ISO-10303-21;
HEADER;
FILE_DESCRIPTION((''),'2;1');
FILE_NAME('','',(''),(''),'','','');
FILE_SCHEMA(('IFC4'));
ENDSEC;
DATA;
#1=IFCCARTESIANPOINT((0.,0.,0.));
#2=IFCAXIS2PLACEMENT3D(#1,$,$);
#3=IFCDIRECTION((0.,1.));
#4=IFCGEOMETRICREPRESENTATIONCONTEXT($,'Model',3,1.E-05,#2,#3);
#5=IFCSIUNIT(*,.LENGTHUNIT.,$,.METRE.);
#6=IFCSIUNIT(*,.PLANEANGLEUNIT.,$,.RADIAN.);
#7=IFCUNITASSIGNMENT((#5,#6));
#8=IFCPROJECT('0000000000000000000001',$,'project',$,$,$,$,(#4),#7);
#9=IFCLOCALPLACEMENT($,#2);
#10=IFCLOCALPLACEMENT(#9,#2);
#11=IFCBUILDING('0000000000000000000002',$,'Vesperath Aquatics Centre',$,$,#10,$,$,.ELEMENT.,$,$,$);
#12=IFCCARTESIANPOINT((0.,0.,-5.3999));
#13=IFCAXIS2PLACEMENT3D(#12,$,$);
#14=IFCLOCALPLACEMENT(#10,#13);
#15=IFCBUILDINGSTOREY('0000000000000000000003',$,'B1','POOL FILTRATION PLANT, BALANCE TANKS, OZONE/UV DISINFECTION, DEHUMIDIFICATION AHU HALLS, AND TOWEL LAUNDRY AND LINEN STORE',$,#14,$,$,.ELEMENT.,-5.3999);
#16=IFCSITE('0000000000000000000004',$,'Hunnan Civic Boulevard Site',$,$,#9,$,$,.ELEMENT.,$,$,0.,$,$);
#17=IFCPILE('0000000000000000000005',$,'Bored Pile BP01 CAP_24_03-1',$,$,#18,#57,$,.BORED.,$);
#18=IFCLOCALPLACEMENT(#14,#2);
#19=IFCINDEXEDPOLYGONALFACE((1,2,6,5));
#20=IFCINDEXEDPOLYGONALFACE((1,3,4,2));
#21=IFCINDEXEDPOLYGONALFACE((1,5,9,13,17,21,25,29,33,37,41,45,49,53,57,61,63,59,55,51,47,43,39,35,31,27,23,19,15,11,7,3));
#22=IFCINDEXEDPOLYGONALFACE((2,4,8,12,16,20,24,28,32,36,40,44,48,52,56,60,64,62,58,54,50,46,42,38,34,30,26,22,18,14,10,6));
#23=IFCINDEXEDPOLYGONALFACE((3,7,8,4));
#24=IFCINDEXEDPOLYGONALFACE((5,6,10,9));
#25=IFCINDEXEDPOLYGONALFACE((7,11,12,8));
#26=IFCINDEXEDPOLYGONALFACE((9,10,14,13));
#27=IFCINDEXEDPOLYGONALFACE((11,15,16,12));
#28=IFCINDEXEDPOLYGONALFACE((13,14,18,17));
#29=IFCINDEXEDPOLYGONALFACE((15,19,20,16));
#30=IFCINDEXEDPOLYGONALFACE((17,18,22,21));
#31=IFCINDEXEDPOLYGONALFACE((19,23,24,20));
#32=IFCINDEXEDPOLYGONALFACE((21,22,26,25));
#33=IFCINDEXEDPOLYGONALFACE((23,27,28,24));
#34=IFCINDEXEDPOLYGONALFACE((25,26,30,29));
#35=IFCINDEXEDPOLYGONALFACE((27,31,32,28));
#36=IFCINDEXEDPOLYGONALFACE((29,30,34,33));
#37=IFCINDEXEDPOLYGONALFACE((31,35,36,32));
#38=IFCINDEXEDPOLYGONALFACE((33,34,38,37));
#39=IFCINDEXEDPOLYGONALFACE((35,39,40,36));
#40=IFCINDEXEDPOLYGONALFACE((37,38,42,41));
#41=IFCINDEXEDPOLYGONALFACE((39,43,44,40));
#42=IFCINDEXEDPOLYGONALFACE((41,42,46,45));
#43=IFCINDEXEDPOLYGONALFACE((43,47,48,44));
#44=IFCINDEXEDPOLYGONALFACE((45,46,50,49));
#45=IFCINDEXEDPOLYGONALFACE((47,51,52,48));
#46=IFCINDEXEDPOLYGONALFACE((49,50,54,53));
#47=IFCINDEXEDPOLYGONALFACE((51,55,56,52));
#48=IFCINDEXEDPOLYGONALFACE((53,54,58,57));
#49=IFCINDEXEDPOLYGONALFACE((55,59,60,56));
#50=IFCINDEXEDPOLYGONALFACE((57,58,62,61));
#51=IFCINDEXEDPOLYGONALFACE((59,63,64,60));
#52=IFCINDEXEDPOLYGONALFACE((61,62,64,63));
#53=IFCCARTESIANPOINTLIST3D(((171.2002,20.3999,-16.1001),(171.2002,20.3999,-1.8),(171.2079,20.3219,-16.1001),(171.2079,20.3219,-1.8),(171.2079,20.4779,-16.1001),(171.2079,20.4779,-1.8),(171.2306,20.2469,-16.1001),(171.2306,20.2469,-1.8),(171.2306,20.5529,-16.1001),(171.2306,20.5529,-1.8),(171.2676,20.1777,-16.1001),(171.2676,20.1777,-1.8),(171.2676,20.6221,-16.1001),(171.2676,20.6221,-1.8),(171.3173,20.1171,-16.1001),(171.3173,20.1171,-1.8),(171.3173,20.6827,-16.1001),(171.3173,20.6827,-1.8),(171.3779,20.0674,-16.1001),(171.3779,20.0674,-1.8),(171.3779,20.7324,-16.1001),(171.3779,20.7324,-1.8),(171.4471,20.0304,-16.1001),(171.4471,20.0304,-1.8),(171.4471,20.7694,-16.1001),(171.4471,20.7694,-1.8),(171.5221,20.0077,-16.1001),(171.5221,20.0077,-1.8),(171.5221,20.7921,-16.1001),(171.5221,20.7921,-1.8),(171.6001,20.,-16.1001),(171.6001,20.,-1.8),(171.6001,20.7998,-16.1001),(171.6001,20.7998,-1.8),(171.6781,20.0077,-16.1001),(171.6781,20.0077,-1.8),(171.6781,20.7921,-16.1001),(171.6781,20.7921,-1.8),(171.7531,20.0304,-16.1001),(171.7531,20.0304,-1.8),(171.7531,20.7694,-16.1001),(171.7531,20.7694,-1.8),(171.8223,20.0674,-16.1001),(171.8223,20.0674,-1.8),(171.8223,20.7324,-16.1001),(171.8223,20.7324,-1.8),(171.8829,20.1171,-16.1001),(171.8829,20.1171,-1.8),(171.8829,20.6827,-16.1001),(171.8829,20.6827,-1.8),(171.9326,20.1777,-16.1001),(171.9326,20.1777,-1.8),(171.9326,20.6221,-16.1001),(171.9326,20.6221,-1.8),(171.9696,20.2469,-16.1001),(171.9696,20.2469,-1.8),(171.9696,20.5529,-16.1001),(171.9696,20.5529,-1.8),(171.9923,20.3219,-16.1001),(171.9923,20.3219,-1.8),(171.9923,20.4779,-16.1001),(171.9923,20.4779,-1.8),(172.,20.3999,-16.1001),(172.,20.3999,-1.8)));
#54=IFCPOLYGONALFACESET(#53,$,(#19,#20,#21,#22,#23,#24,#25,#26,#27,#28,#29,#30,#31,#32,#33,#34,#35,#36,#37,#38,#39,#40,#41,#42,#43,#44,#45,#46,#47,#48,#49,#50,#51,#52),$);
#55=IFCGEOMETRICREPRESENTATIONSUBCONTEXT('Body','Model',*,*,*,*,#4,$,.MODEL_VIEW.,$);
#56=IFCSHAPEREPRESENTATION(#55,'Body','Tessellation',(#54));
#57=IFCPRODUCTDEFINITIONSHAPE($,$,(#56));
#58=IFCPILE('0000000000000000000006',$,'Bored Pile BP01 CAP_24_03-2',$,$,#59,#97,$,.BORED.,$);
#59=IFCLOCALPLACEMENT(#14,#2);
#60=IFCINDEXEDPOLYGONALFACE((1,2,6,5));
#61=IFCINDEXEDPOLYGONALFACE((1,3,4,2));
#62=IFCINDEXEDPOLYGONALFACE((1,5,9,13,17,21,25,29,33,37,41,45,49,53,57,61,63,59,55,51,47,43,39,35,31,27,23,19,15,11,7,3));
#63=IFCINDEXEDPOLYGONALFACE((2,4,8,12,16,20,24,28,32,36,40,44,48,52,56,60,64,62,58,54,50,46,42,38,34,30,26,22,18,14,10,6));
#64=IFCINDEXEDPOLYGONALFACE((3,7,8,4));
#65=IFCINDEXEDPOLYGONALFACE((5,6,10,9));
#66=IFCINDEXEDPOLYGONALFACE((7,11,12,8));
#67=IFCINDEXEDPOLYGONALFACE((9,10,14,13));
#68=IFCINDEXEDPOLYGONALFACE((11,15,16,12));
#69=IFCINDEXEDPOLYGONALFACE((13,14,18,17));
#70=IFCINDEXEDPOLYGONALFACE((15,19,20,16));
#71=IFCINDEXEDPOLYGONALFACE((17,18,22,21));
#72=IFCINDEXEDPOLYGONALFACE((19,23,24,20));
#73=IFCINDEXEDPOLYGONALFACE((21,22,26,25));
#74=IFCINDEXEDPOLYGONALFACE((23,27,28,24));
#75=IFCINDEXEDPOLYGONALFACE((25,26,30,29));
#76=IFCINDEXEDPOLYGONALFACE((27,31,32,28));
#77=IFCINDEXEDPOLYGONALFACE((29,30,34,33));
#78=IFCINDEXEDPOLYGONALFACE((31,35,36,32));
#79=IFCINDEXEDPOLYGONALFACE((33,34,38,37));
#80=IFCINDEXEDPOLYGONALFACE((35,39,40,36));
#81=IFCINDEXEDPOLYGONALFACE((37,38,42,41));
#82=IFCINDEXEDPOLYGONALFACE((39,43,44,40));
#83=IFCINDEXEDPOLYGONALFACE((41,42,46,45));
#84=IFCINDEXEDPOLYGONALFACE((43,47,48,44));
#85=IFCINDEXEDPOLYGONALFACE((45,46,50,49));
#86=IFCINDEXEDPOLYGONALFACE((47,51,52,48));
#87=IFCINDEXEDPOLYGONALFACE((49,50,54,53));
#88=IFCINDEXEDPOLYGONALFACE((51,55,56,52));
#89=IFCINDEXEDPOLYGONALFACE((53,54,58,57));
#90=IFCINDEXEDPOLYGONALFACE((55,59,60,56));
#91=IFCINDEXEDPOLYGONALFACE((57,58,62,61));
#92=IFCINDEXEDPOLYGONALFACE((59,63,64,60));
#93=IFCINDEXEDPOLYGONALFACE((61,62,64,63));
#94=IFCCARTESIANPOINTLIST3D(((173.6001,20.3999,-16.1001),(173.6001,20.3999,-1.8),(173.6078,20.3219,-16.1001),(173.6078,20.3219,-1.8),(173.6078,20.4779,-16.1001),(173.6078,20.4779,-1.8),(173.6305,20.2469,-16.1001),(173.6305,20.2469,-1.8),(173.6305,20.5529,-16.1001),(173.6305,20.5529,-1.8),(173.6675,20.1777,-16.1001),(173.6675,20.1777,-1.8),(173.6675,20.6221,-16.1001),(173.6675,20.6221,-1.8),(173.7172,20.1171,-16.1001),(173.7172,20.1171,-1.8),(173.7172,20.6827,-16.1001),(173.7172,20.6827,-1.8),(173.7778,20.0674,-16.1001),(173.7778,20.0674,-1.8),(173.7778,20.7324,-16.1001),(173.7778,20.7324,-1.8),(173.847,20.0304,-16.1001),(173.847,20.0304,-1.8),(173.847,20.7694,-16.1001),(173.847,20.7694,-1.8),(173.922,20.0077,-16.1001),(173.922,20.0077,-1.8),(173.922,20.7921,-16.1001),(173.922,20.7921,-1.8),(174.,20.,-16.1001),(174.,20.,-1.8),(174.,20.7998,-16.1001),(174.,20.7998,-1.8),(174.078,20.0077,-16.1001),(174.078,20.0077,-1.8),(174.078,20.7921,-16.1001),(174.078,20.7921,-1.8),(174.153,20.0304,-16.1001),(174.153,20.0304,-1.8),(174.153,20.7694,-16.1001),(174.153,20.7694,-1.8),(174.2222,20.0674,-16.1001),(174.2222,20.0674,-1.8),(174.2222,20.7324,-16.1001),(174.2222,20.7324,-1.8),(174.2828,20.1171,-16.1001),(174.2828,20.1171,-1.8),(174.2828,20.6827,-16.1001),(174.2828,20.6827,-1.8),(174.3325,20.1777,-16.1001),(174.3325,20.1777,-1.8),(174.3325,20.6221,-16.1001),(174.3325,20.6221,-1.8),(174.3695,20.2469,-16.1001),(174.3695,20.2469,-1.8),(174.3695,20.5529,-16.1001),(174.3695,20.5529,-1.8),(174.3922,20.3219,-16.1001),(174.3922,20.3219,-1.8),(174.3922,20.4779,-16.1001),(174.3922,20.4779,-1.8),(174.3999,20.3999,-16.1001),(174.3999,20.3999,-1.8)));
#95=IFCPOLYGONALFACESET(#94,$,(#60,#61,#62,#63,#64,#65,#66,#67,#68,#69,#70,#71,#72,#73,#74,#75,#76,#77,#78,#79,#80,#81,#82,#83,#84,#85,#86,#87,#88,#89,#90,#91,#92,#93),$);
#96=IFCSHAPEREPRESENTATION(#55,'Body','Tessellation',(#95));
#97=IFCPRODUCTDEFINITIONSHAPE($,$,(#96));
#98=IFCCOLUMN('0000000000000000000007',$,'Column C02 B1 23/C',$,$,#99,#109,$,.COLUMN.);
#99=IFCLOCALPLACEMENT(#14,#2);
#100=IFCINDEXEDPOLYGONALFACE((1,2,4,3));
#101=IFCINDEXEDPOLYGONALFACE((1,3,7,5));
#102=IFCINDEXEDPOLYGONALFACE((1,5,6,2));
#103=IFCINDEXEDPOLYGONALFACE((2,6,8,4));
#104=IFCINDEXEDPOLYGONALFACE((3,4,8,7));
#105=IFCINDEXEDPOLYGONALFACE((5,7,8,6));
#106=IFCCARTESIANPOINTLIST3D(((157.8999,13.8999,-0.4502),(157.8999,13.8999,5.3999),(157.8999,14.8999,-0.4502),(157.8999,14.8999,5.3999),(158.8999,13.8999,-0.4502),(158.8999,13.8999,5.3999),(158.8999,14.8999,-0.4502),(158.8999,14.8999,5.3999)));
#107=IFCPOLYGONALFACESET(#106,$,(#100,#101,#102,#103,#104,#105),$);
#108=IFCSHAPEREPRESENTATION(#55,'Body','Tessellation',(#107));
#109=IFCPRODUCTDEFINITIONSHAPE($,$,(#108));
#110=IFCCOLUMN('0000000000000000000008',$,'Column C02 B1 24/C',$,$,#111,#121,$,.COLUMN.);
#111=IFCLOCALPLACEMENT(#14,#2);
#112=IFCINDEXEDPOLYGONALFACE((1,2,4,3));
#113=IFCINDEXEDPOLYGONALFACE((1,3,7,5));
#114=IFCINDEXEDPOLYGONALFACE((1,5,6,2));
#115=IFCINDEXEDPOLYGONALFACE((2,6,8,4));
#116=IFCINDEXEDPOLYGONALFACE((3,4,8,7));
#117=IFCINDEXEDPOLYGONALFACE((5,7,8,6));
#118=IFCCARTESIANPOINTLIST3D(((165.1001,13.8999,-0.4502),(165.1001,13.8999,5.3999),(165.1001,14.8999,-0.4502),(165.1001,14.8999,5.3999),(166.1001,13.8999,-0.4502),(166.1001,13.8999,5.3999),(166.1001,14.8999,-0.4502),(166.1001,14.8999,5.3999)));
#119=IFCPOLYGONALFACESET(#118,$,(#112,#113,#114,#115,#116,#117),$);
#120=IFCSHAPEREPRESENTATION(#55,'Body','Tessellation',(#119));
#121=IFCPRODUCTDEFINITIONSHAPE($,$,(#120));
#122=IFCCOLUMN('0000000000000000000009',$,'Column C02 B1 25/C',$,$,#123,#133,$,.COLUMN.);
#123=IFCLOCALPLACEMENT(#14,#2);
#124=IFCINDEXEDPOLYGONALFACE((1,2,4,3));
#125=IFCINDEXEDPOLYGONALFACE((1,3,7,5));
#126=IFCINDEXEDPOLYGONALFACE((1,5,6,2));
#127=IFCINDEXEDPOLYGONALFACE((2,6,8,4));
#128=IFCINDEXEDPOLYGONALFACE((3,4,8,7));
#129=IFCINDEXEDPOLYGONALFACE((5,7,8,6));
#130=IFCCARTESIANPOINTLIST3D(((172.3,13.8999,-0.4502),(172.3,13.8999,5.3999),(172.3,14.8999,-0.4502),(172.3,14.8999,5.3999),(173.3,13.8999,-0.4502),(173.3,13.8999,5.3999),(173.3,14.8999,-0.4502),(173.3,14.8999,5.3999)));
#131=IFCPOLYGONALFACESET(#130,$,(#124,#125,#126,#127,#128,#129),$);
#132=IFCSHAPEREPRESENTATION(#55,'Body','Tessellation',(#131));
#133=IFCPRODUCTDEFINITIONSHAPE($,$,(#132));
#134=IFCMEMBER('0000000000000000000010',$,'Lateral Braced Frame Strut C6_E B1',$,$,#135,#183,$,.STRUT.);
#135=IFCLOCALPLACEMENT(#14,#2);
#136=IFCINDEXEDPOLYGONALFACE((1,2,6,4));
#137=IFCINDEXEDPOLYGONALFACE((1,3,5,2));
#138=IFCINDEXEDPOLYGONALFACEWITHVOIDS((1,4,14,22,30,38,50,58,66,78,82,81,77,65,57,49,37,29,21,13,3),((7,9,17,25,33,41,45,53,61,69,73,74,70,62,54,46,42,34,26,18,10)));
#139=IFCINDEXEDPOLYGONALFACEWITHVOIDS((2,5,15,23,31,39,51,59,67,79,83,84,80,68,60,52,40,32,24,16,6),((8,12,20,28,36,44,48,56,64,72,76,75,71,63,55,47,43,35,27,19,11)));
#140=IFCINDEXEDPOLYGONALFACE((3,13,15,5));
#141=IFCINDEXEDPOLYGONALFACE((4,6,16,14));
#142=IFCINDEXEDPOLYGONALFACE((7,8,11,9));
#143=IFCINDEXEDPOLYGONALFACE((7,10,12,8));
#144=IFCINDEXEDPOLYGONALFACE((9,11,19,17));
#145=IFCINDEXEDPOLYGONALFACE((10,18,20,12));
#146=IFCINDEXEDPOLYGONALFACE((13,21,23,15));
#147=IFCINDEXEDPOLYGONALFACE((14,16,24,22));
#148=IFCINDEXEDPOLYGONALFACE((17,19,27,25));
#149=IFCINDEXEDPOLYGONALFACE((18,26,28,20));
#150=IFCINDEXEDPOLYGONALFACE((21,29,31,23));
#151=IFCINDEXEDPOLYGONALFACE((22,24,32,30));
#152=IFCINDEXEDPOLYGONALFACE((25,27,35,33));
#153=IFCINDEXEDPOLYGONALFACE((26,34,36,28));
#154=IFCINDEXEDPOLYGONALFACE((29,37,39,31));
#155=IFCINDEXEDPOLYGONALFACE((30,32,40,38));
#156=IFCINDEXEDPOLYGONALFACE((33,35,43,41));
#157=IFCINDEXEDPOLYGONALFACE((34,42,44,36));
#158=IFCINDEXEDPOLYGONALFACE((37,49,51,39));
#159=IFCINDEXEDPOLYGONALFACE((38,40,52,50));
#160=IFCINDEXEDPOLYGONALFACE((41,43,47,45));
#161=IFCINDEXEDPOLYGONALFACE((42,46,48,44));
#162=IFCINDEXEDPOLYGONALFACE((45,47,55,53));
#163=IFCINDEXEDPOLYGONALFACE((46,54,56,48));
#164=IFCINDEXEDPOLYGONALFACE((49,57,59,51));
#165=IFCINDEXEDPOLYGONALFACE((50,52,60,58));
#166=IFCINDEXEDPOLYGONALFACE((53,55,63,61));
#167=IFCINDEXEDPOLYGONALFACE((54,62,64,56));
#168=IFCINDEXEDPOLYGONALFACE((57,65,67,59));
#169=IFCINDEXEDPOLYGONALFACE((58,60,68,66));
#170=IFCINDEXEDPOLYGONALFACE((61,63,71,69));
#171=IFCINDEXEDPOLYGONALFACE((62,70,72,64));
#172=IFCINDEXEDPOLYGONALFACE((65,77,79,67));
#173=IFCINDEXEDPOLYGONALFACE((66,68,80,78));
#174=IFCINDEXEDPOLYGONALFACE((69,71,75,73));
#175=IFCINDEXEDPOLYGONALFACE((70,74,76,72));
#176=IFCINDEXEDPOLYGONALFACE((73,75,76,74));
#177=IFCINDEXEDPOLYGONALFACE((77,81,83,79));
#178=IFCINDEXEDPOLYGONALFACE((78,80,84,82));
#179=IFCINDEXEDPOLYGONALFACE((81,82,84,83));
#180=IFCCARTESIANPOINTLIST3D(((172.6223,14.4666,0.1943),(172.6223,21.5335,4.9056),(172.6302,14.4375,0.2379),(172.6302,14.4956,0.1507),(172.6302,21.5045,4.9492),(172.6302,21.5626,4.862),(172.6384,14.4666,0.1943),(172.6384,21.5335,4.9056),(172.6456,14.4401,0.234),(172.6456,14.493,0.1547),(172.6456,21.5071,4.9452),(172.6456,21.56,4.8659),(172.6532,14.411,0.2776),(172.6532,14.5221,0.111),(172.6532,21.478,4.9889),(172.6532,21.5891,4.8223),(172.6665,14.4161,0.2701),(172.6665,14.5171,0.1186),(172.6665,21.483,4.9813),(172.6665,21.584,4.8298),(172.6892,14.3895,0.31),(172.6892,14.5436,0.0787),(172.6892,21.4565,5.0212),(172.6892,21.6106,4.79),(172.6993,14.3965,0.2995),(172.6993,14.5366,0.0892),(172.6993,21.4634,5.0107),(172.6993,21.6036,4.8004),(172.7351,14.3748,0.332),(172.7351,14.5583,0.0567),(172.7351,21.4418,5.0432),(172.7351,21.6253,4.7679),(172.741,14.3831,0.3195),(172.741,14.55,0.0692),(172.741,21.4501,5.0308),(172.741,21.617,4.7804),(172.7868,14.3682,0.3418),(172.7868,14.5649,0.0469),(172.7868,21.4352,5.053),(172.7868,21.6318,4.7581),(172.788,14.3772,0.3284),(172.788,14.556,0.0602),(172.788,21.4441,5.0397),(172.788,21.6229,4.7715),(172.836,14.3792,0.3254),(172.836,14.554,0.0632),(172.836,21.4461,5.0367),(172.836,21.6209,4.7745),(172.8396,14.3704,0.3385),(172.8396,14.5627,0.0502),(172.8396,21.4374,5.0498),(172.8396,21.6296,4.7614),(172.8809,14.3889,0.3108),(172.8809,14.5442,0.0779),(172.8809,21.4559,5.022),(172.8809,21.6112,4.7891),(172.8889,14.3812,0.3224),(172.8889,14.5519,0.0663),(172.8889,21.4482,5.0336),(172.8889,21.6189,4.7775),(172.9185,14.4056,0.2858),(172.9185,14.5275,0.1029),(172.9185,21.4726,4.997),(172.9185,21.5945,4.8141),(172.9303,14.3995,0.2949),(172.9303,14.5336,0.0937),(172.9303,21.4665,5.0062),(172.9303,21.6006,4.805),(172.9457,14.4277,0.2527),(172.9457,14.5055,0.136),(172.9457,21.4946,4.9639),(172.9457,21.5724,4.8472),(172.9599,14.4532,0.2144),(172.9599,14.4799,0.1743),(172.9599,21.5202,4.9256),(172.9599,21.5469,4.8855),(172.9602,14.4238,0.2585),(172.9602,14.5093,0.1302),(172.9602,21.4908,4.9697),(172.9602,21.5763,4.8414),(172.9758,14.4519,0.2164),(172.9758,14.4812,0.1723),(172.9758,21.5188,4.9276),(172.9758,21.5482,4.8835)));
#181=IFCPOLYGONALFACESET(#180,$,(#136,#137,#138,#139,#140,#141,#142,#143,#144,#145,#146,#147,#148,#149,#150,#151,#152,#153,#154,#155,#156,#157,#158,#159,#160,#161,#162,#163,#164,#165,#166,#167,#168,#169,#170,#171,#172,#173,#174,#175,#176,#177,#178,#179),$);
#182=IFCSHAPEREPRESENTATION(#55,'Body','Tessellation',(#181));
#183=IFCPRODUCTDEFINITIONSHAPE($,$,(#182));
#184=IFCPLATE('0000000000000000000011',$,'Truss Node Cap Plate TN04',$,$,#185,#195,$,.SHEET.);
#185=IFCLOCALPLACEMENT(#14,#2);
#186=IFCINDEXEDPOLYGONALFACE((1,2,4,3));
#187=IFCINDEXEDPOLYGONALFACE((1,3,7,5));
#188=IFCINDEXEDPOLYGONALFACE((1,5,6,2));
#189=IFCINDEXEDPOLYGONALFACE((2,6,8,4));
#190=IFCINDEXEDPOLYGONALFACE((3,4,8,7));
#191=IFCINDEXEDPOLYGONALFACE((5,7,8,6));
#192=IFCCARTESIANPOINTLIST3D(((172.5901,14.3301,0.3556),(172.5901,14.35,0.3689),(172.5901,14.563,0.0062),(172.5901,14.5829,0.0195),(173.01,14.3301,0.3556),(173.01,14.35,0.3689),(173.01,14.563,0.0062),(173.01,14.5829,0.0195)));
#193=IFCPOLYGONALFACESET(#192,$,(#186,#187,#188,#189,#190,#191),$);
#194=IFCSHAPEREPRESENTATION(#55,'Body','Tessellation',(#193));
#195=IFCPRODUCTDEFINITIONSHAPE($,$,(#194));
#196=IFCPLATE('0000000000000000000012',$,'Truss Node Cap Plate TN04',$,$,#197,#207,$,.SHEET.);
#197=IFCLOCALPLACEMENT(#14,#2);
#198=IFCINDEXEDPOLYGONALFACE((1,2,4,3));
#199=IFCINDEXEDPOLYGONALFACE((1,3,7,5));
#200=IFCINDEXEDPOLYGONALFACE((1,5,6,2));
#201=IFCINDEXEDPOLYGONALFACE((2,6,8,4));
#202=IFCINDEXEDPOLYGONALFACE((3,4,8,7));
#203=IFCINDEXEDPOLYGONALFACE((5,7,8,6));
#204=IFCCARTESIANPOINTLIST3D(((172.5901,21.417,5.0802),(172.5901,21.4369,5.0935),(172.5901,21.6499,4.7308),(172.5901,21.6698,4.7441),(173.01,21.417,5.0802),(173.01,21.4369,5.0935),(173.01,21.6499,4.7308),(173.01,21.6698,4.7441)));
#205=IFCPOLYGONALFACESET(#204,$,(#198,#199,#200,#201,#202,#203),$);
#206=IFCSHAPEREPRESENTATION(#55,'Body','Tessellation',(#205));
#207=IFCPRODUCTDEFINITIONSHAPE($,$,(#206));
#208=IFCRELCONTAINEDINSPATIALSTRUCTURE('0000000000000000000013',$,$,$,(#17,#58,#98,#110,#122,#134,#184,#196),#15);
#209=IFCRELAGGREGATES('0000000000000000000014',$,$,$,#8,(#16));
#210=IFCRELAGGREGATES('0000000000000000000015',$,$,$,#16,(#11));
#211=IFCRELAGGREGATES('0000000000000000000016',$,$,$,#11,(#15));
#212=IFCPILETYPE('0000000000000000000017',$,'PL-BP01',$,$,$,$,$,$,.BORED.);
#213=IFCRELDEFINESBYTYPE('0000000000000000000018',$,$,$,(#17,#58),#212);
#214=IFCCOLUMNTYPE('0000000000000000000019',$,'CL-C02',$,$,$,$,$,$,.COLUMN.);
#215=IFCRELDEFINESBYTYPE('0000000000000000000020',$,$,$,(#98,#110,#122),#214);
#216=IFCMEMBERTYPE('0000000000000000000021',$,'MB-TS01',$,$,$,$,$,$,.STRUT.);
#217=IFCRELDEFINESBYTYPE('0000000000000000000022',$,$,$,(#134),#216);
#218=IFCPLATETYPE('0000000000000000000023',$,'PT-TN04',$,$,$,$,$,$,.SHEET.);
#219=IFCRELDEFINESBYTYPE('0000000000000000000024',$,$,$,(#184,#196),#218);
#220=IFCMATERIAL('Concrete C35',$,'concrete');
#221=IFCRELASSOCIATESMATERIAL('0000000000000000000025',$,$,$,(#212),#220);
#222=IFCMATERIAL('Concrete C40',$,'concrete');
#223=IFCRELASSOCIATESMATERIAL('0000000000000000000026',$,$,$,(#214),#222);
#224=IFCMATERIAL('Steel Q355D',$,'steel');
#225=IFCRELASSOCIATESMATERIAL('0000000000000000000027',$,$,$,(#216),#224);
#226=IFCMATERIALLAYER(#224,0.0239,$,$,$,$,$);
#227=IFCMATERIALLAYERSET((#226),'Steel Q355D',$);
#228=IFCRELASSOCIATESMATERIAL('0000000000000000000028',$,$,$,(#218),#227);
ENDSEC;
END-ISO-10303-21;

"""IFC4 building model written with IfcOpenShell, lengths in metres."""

from ifc_helpers import new_model, si_unit, direction, frame, origin, origin_2d, place, context, subcontext, project, spatial, rectangle, circle, hollow_circle, extrude, material, layer, layer_set, material_profile, profile_set, type_object, element, save


model = new_model("IFC4")

# Units and contexts
model_context = context("Model", 3, precision=1e-05, world=origin(), true_north=direction((0.0, 1.0)))
body_context = subcontext(model_context, "Body", "Model", "MODEL_VIEW")
ifc_project = project(units=[si_unit("LENGTHUNIT", "METRE"), si_unit("PLANEANGLEUNIT", "RADIAN")], contexts=[model_context])

# Site, building, storey
site_placement = place(None, origin())
site = spatial("IfcSite", under=ifc_project, at=site_placement, Name="Hunnan Civic Boulevard Site", CompositionType="ELEMENT", RefElevation=0.0)
building_placement = place(site_placement, origin())
building = spatial("IfcBuilding", under=site, at=building_placement, Name="Vesperath Aquatics Centre", CompositionType="ELEMENT")
storey_placement = place(building_placement, frame((0.0, 0.0, -5.3999)))
storey = spatial("IfcBuildingStorey", under=building, at=storey_placement, Name="B1", Description="POOL FILTRATION PLANT, BALANCE TANKS, OZONE/UV DISINFECTION, DEHUMIDIFICATION AHU HALLS, AND TOWEL LAUNDRY AND LINEN STORE", CompositionType="ELEMENT", Elevation=-5.3999)

# Shared definitions
ifc_material_1 = material(Name="Concrete C40", Category="concrete")

# Piles
ifc_material_2 = material(Name="Concrete C35", Category="concrete")
ifc_material_profile_1 = material_profile(ifc_material_2, circle(Radius=0.3999, at=origin_2d()), Name="PILE D800")
ifc_profile_set_1 = profile_set([ifc_material_profile_1], Name="Concrete C35")
pile_type = type_object("IfcPileType", Name="PL-BP01", PredefinedType="BORED", material=ifc_profile_set_1)
for number, where, z_axis, x_axis, name in (
    (1, (171.6001, 20.3999, -1.8), (0.0, 0.0, -1.0), (1.0, 0.0, 0.0), "Bored Pile BP01 CAP_24_03-1"),
    (2, (174.0, 20.3999, -1.8), (0.0, 0.0, -1.0), (1.0, 0.0, 0.0), "Bored Pile BP01 CAP_24_03-2"),
):
    element("IfcPile", number, at=place(storey_placement, frame(where, z_axis=z_axis, x_axis=x_axis)), inside=storey, type_object=pile_type, Name=name, PredefinedType="BORED", context=body_context, shape_type="SweptSolid", body=[
        extrude(circle(Radius=0.3999, at=origin_2d()), origin(), (0.0, 0.0, 1.0), 14.3),
    ])

# Columns
ifc_material_profile_2 = material_profile(ifc_material_1, rectangle(XDim=1.0, YDim=1.0, at=origin_2d()), Name="RC 1000x1000")
ifc_profile_set_2 = profile_set([ifc_material_profile_2], Name="Concrete C40")
column_type = type_object("IfcColumnType", Name="CL-C02", PredefinedType="COLUMN", material=ifc_profile_set_2)
for number, where, z_axis, x_axis, name in (
    (3, (158.3999, 14.3999, -0.4502), (0.0, 0.0, 1.0), (1.0, 0.0, 0.0), "Column C02 B1 23/C"),
    (4, (165.6001, 14.3999, -0.4502), (0.0, 0.0, 1.0), (1.0, 0.0, 0.0), "Column C02 B1 24/C"),
    (5, (172.8, 14.3999, -0.4502), (0.0, 0.0, 1.0), (1.0, 0.0, 0.0), "Column C02 B1 25/C"),
):
    element("IfcColumn", number, at=place(storey_placement, frame(where, z_axis=z_axis, x_axis=x_axis)), inside=storey, type_object=column_type, Name=name, PredefinedType="COLUMN", context=body_context, shape_type="SweptSolid", body=[
        extrude(rectangle(XDim=1.0, YDim=1.0, at=origin_2d()), origin(), (0.0, 0.0, 1.0), 5.8501),
    ])

# Member
ifc_material_3 = material(Name="Steel Q355D", Category="steel")
ifc_material_profile_3 = material_profile(ifc_material_3, hollow_circle(Radius=0.1777, WallThickness=0.0161, at=origin_2d()), Name="CHS 355.6x16")
ifc_profile_set_3 = profile_set([ifc_material_profile_3], Name="Steel Q355D")
member_type = type_object("IfcMemberType", Name="MB-TS01", PredefinedType="STRUT", material=ifc_profile_set_3)
member_placement = place(storey_placement, frame((172.8, 14.4666, 0.1943), z_axis=(0.0, 0.832055, 0.554694), x_axis=(-1.0, 0.0, 0.0)))
element("IfcMember", 6, at=member_placement, inside=storey, type_object=member_type, Name="Lateral Braced Frame Strut C6_E B1", PredefinedType="STRUT", context=body_context, shape_type="SweptSolid", body=[
    extrude(hollow_circle(Radius=0.1777, WallThickness=0.0161, at=origin_2d()), origin(), (0.0, 0.0, 1.0), 8.4934),
])

# Plates
ifc_layer_1 = layer(ifc_material_3, 0.0239)
ifc_layer_set_1 = layer_set([ifc_layer_1], Name="Steel Q355D")
plate_type = type_object("IfcPlateType", Name="PT-TN04", PredefinedType="SHEET", material=ifc_layer_set_1)
for number, where, z_axis, x_axis, name in (
    (7, (172.8, 14.4465, 0.1809), (0.0, 0.83205, 0.5547), (-1.0, 0.0, 0.0), "Truss Node Cap Plate TN04"),
    (8, (172.8, 21.5334, 4.9055), (0.0, 0.83205, 0.5547), (-1.0, 0.0, 0.0), "Truss Node Cap Plate TN04"),
):
    element("IfcPlate", number, at=place(storey_placement, frame(where, z_axis=z_axis, x_axis=x_axis)), inside=storey, type_object=plate_type, Name=name, PredefinedType="SHEET", context=body_context, shape_type="SweptSolid", body=[
        extrude(rectangle(XDim=0.4199, YDim=0.4199, at=origin_2d()), origin(), (0.0, 0.0, 1.0), 0.0239),
    ])

save(model, "model.ifc")
